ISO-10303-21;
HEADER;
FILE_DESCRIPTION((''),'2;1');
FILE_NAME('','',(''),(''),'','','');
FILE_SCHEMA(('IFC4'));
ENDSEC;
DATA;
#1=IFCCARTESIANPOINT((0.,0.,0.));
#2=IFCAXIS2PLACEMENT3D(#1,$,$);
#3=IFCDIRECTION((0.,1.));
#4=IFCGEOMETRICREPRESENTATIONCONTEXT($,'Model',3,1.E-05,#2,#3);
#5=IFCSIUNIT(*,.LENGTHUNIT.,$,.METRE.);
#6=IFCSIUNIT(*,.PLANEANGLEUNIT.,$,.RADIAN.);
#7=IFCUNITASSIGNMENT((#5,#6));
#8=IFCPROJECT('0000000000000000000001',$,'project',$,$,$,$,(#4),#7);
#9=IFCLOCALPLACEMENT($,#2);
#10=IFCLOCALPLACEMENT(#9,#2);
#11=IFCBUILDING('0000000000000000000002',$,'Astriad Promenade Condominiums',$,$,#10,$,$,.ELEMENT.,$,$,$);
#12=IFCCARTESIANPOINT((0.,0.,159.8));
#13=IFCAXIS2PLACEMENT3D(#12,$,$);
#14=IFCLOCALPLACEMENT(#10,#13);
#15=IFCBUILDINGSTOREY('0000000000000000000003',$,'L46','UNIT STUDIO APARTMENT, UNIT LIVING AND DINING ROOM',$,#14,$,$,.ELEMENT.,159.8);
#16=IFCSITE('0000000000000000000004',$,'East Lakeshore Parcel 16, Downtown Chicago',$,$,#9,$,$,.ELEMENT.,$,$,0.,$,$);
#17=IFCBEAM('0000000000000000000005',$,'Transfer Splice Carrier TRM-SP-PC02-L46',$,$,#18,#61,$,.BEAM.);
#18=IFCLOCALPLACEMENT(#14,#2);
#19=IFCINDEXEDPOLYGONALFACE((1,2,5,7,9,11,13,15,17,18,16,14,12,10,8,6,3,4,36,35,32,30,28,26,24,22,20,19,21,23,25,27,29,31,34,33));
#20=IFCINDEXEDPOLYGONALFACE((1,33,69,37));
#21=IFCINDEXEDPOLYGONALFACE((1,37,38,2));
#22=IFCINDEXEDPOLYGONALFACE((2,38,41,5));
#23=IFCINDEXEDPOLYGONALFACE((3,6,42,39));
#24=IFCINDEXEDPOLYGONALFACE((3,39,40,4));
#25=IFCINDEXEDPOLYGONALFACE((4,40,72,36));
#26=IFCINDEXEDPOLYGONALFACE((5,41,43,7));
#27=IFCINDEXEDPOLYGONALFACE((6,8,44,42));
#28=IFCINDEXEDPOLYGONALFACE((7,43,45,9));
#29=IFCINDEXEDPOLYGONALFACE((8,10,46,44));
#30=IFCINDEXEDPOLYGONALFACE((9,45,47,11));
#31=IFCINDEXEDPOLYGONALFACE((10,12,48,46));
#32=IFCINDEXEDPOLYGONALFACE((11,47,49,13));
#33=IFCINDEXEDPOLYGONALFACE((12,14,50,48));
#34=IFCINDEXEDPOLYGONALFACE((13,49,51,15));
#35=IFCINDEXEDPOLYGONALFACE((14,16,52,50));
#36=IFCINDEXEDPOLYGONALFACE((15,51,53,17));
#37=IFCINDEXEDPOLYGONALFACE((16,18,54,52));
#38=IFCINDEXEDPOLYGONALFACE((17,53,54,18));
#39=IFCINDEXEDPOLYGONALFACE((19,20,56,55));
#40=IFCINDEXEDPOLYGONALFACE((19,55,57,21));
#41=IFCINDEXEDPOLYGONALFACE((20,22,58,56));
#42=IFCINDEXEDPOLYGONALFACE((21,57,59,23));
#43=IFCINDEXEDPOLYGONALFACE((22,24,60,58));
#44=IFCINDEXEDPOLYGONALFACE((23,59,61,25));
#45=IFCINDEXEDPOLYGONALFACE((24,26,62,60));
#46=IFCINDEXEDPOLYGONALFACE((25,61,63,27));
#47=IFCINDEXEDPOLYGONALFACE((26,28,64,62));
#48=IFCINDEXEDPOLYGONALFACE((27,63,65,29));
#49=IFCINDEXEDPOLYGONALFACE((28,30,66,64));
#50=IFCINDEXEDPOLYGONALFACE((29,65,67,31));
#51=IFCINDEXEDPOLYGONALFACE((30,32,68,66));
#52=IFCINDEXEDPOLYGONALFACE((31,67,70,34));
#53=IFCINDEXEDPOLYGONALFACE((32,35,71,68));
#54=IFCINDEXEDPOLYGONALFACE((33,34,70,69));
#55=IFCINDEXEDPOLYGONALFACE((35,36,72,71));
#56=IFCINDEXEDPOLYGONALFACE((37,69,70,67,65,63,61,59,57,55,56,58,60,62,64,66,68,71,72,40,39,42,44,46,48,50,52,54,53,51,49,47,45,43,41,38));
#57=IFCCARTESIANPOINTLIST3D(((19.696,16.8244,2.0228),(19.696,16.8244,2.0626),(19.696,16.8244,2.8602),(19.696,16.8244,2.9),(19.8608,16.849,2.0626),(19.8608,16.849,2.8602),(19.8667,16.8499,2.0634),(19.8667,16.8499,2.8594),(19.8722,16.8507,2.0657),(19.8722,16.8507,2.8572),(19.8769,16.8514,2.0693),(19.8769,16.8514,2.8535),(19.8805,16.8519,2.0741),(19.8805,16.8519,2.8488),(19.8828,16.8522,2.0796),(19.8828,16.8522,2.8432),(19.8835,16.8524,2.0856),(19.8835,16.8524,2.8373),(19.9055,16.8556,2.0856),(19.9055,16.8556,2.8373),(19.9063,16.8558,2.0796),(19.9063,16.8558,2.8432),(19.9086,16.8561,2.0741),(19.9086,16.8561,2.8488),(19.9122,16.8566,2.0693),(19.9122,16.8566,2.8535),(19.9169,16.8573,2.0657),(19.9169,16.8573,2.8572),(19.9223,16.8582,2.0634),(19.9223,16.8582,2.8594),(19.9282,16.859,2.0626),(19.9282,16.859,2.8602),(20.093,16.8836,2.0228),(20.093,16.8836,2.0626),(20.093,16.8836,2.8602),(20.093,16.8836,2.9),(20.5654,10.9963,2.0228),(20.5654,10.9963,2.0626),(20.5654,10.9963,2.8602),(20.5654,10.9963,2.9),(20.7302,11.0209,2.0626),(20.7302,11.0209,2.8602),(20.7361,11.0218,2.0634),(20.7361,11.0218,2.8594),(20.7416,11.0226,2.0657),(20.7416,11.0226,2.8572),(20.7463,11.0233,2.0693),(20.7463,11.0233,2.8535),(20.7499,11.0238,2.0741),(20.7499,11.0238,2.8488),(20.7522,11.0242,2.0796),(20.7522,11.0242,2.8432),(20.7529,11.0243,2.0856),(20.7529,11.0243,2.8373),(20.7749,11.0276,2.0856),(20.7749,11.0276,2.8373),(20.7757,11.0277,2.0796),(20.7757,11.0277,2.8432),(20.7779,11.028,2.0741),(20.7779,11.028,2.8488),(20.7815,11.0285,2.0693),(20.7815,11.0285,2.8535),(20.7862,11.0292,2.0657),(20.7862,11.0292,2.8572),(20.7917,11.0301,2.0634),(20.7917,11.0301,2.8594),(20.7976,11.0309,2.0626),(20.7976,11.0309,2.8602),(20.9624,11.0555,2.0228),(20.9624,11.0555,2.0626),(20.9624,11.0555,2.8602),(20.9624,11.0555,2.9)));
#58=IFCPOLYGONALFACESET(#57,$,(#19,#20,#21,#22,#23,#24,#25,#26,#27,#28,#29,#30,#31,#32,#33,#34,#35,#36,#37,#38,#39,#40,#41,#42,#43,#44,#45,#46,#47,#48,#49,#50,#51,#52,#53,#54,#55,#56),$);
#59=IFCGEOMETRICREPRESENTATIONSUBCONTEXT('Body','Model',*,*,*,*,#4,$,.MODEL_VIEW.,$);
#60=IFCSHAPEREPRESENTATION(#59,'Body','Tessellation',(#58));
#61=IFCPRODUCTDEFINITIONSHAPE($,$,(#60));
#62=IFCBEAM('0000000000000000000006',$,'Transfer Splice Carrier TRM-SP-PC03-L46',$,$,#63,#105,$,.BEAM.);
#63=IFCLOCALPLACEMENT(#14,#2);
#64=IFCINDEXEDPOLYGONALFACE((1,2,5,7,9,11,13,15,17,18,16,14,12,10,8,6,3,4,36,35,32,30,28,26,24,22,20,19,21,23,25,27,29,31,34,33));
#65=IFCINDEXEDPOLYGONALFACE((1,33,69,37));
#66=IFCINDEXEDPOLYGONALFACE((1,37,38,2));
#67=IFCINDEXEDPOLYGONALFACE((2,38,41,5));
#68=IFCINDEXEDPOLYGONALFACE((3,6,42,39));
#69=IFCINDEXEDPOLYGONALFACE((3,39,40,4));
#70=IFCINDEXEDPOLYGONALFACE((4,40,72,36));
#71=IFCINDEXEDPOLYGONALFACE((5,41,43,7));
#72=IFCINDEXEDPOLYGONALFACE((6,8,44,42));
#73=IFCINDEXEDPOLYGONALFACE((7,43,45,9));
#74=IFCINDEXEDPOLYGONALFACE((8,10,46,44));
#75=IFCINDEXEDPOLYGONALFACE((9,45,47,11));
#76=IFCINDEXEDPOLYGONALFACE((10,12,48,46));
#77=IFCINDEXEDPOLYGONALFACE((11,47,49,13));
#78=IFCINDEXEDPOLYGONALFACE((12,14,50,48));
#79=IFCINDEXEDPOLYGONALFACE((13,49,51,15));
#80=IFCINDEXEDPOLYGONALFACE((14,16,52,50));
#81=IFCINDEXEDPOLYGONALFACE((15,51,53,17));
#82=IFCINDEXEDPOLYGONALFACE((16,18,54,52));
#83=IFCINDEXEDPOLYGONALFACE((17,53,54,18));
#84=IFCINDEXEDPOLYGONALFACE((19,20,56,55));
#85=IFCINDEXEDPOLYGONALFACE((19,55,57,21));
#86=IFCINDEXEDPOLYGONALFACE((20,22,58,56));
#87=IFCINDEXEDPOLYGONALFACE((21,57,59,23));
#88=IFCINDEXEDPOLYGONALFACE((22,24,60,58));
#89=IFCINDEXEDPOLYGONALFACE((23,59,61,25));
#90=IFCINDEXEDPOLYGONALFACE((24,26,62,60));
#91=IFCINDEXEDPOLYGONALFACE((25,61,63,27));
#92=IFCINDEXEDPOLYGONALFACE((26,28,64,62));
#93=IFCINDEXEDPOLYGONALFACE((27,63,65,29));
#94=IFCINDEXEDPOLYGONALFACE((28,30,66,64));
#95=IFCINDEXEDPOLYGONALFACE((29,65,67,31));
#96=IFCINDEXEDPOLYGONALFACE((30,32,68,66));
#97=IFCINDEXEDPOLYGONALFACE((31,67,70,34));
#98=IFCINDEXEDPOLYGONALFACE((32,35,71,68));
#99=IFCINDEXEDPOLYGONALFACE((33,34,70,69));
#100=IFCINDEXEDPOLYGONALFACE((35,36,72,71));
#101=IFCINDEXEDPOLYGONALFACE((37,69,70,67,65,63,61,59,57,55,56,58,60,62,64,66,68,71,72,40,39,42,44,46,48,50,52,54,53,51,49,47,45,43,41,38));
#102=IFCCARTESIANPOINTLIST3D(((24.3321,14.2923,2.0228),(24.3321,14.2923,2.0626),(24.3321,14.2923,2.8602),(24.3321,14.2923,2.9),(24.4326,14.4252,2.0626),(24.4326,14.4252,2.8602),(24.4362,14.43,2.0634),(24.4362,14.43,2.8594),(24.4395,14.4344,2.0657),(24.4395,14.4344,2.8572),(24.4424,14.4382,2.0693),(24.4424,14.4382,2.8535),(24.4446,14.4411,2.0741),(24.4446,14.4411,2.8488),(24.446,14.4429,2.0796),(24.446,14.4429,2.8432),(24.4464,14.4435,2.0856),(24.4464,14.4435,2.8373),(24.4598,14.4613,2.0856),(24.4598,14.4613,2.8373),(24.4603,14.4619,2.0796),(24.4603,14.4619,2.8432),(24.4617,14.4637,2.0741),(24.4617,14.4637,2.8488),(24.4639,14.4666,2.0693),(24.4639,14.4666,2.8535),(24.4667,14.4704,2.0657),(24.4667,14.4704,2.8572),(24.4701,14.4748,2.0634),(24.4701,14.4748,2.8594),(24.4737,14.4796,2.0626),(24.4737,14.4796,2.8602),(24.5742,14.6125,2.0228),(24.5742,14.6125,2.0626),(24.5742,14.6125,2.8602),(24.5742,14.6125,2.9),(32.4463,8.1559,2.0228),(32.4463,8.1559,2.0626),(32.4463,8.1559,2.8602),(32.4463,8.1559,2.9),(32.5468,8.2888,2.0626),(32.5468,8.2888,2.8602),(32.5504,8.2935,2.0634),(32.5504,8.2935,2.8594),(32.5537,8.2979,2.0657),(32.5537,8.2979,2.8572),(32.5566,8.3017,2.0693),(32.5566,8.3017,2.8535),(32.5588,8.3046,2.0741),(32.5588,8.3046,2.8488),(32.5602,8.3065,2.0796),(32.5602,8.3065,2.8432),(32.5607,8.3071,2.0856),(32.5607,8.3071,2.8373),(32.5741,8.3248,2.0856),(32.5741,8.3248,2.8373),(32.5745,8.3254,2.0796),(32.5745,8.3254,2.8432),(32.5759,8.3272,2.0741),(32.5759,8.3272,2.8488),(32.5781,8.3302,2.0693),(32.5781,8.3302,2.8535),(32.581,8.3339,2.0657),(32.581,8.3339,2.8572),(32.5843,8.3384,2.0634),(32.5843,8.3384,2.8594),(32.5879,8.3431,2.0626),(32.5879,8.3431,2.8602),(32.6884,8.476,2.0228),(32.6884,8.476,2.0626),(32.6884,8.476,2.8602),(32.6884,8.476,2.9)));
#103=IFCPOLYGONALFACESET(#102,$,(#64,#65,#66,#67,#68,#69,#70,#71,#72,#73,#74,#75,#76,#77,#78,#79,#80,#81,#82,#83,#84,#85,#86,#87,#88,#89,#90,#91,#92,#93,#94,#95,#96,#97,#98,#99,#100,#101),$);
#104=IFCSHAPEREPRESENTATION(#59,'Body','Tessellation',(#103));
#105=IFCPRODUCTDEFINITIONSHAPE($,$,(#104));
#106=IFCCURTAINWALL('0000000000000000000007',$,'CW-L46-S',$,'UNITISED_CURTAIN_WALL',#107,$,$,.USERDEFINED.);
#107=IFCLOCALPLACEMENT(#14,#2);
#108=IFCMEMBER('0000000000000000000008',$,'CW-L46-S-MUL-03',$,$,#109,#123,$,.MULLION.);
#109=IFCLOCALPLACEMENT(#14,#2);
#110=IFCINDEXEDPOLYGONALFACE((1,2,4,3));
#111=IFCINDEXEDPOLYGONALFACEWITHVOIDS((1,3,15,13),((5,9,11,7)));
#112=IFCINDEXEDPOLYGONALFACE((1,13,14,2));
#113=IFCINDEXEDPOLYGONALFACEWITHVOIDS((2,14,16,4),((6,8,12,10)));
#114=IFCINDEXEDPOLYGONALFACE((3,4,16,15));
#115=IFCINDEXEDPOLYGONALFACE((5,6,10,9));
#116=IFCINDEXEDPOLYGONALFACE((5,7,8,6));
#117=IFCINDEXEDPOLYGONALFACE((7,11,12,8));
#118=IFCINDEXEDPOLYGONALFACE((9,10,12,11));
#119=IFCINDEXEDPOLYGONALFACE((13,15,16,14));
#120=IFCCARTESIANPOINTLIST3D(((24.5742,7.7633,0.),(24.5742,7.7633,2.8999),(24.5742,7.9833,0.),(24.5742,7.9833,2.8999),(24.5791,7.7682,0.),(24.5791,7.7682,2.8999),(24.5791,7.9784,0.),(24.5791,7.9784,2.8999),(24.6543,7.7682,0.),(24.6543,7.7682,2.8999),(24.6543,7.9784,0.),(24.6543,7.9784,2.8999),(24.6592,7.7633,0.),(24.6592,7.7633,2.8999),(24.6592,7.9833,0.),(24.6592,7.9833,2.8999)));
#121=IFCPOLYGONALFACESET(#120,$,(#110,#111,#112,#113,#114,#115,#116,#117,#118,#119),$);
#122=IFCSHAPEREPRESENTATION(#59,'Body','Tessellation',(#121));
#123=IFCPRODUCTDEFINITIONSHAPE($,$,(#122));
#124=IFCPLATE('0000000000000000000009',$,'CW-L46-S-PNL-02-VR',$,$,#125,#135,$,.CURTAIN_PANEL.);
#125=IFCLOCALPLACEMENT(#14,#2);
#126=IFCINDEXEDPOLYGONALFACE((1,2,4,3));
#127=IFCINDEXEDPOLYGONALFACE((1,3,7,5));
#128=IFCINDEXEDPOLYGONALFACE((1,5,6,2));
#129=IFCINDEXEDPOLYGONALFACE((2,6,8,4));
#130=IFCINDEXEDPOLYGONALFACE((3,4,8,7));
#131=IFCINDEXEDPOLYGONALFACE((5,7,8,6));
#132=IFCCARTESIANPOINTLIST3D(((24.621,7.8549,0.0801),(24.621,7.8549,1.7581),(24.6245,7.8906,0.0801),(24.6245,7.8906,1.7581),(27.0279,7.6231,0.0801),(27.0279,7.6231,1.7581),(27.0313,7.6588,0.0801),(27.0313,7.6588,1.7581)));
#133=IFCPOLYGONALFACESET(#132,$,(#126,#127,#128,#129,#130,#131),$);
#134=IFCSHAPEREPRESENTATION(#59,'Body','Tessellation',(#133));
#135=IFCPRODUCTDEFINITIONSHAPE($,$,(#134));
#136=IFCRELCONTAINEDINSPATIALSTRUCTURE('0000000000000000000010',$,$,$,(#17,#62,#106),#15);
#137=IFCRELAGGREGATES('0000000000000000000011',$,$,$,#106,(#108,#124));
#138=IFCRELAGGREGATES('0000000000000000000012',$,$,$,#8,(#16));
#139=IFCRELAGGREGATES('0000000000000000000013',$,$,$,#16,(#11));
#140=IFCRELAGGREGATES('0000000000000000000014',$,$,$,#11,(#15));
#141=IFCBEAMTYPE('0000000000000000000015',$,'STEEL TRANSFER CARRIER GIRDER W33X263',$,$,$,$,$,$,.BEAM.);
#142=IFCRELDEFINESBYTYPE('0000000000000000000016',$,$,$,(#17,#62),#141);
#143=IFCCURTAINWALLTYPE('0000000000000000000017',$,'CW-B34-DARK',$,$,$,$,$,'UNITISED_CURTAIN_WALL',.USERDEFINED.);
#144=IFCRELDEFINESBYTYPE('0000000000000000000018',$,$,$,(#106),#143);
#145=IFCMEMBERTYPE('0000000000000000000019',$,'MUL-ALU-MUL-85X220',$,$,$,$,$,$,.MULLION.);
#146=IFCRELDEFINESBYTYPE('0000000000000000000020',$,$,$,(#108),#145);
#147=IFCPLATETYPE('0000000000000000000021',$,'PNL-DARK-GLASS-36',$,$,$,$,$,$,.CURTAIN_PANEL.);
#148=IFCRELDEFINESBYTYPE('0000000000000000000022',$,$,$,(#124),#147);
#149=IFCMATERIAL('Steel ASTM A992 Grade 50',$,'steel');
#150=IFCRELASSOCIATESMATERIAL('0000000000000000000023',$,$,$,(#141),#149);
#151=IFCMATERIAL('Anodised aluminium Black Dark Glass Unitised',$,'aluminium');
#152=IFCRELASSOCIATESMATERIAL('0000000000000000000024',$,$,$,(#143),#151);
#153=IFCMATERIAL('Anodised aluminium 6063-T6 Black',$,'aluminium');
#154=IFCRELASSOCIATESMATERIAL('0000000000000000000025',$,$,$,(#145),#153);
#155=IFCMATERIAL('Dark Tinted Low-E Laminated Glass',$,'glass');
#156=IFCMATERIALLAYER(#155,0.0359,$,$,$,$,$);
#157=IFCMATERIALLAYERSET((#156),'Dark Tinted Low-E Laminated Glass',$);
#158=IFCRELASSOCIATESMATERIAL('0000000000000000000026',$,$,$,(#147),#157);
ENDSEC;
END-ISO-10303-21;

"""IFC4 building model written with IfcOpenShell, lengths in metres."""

from ifc_helpers import new_model, si_unit, direction, frame, origin, origin_2d, place, context, subcontext, project, spatial, rectangle, hollow_rectangle, i_section, extrude, source, transform, mapped, material, layer, layer_set, material_profile, profile_set, type_object, type_shapes, element, aggregate, save


model = new_model("IFC4")

# Units and contexts
model_context = context("Model", 3, precision=1e-05, world=origin(), true_north=direction((0.0, 1.0)))
body_context = subcontext(model_context, "Body", "Model", "MODEL_VIEW")
ifc_project = project(units=[si_unit("LENGTHUNIT", "METRE"), si_unit("PLANEANGLEUNIT", "RADIAN")], contexts=[model_context])

# Site, building, storey
site_placement = place(None, origin())
site = spatial("IfcSite", under=ifc_project, at=site_placement, Name="East Lakeshore Parcel 16, Downtown Chicago", CompositionType="ELEMENT", RefElevation=0.0)
building_placement = place(site_placement, origin())
building = spatial("IfcBuilding", under=site, at=building_placement, Name="Astriad Promenade Condominiums", CompositionType="ELEMENT")
storey_placement = place(building_placement, frame((0.0, 0.0, 159.8)))
storey = spatial("IfcBuildingStorey", under=building, at=storey_placement, Name="L46", Description="UNIT STUDIO APARTMENT, UNIT LIVING AND DINING ROOM", CompositionType="ELEMENT", Elevation=159.8)

# Beams
ifc_material_1 = material(Name="Steel ASTM A992 Grade 50", Category="steel")
ifc_material_profile_1 = material_profile(ifc_material_1, i_section(OverallWidth=0.4014, OverallDepth=0.8772, WebThickness=0.0222, FlangeThickness=0.0398, FilletRadius=0.0229, at=origin_2d()), Name="W33X263")
ifc_profile_set_1 = profile_set([ifc_material_profile_1], Name="Steel ASTM A992 Grade 50")
beam_type_1 = type_object("IfcBeamType", Name="STEEL TRANSFER CARRIER GIRDER W33X263", PredefinedType="BEAM", material=ifc_profile_set_1)
shared_shape_1 = source(origin(), body_context, "Body", "SweptSolid", [
    extrude(i_section(OverallWidth=0.4014, OverallDepth=0.8772, WebThickness=0.0222, FlangeThickness=0.0398, FilletRadius=0.0229, at=origin_2d()), origin(), (0.0, 0.0, 1.0), 5.8926),
])
beam_1_placement = place(storey_placement, frame((19.8945, 16.854, 2.4614), z_axis=(0.147538, -0.989056, 0.0), x_axis=(0.989056, 0.147538, 0.0)))
element("IfcBeam", 1, at=beam_1_placement, inside=storey, type_object=beam_type_1, Name="Transfer Splice Carrier TRM-SP-PC02-L46", PredefinedType="BEAM", context=body_context, shape_type="MappedRepresentation", body=[
    mapped(shared_shape_1, transform((0.0, 0.0, 0.0), scale=1.0)),
])
shared_shape_2 = source(origin(), body_context, "Body", "SweptSolid", [
    extrude(i_section(OverallWidth=0.4014, OverallDepth=0.8772, WebThickness=0.0222, FlangeThickness=0.0398, FilletRadius=0.0229, at=origin_2d()), origin(), (0.0, 0.0, 1.0), 10.1733),
])
type_shapes(beam_type_1, [shared_shape_1, shared_shape_2])
beam_2_placement = place(storey_placement, frame((24.4531, 14.4524, 2.4614), z_axis=(0.797598, -0.60319, 0.0), x_axis=(0.60319, 0.797598, 0.0)))
element("IfcBeam", 2, at=beam_2_placement, inside=storey, type_object=beam_type_1, Name="Transfer Splice Carrier TRM-SP-PC03-L46", PredefinedType="BEAM", context=body_context, shape_type="MappedRepresentation", body=[
    mapped(shared_shape_2, transform((0.0, 0.0, 0.0), scale=1.0)),
])

# Curtain wall, member, plate
ifc_material_2 = material(Name="Anodised aluminium Black Dark Glass Unitised", Category="aluminium")
curtain_wall_type = type_object("IfcCurtainWallType", Name="CW-B34-DARK", ElementType="UNITISED_CURTAIN_WALL", PredefinedType="USERDEFINED", material=ifc_material_2)
curtain_wall_placement = place(storey_placement, origin())
curtain_wall = element("IfcCurtainWall", 3, at=curtain_wall_placement, inside=storey, type_object=curtain_wall_type, Name="CW-L46-S", ObjectType="UNITISED_CURTAIN_WALL", PredefinedType="USERDEFINED")
ifc_material_3 = material(Name="Anodised aluminium 6063-T6 Black", Category="aluminium")
ifc_material_profile_2 = material_profile(ifc_material_3, hollow_rectangle(XDim=0.085, YDim=0.22, WallThickness=0.0049, at=origin_2d()), Name="ALU-MUL-85X220")
ifc_profile_set_2 = profile_set([ifc_material_profile_2], Name="Anodised aluminium 6063-T6 Black")
member_type = type_object("IfcMemberType", Name="MUL-ALU-MUL-85X220", PredefinedType="MULLION", material=ifc_profile_set_2)
shared_shape_3 = source(origin(), body_context, "Body", "SweptSolid", [
    extrude(hollow_rectangle(XDim=0.085, YDim=0.22, WallThickness=0.0049, at=origin_2d()), origin(), (0.0, 0.0, 1.0), 2.8999),
])
type_shapes(member_type, [shared_shape_3])
member_placement = place(storey_placement, frame((24.6167, 7.8733, 0.0), z_axis=(0.0, 0.0, 1.0), x_axis=(1.0, 0.0, 0.0)))
member = element("IfcMember", 4, at=member_placement, type_object=member_type, Name="CW-L46-S-MUL-03", PredefinedType="MULLION", context=body_context, shape_type="MappedRepresentation", body=[
    mapped(shared_shape_3, transform((0.0, 0.0, 0.0), scale=1.0)),
])
ifc_material_4 = material(Name="Dark Tinted Low-E Laminated Glass", Category="glass")
ifc_layer_1 = layer(ifc_material_4, 0.0359)
ifc_layer_set_1 = layer_set([ifc_layer_1], Name="Dark Tinted Low-E Laminated Glass")
plate_type = type_object("IfcPlateType", Name="PNL-DARK-GLASS-36", PredefinedType="CURTAIN_PANEL", material=ifc_layer_set_1)
shared_shape_4 = source(origin(), body_context, "Body", "SweptSolid", [
    extrude(rectangle(XDim=2.418, YDim=0.0359, at=origin_2d()), origin(), (0.0, 0.0, 1.0), 1.678),
])
type_shapes(plate_type, [shared_shape_4])
plate_placement = place(storey_placement, frame((25.8262, 7.7568, 0.0801), z_axis=(0.0, 0.0, 1.0), x_axis=(-0.995396, 0.095846, 0.0)))
plate = element("IfcPlate", 5, at=plate_placement, type_object=plate_type, Name="CW-L46-S-PNL-02-VR", PredefinedType="CURTAIN_PANEL", context=body_context, shape_type="MappedRepresentation", body=[
    mapped(shared_shape_4, transform((0.0, 0.0, 0.0), scale=1.0)),
])
aggregate(curtain_wall, [member, plate])

save(model, "model.ifc")
